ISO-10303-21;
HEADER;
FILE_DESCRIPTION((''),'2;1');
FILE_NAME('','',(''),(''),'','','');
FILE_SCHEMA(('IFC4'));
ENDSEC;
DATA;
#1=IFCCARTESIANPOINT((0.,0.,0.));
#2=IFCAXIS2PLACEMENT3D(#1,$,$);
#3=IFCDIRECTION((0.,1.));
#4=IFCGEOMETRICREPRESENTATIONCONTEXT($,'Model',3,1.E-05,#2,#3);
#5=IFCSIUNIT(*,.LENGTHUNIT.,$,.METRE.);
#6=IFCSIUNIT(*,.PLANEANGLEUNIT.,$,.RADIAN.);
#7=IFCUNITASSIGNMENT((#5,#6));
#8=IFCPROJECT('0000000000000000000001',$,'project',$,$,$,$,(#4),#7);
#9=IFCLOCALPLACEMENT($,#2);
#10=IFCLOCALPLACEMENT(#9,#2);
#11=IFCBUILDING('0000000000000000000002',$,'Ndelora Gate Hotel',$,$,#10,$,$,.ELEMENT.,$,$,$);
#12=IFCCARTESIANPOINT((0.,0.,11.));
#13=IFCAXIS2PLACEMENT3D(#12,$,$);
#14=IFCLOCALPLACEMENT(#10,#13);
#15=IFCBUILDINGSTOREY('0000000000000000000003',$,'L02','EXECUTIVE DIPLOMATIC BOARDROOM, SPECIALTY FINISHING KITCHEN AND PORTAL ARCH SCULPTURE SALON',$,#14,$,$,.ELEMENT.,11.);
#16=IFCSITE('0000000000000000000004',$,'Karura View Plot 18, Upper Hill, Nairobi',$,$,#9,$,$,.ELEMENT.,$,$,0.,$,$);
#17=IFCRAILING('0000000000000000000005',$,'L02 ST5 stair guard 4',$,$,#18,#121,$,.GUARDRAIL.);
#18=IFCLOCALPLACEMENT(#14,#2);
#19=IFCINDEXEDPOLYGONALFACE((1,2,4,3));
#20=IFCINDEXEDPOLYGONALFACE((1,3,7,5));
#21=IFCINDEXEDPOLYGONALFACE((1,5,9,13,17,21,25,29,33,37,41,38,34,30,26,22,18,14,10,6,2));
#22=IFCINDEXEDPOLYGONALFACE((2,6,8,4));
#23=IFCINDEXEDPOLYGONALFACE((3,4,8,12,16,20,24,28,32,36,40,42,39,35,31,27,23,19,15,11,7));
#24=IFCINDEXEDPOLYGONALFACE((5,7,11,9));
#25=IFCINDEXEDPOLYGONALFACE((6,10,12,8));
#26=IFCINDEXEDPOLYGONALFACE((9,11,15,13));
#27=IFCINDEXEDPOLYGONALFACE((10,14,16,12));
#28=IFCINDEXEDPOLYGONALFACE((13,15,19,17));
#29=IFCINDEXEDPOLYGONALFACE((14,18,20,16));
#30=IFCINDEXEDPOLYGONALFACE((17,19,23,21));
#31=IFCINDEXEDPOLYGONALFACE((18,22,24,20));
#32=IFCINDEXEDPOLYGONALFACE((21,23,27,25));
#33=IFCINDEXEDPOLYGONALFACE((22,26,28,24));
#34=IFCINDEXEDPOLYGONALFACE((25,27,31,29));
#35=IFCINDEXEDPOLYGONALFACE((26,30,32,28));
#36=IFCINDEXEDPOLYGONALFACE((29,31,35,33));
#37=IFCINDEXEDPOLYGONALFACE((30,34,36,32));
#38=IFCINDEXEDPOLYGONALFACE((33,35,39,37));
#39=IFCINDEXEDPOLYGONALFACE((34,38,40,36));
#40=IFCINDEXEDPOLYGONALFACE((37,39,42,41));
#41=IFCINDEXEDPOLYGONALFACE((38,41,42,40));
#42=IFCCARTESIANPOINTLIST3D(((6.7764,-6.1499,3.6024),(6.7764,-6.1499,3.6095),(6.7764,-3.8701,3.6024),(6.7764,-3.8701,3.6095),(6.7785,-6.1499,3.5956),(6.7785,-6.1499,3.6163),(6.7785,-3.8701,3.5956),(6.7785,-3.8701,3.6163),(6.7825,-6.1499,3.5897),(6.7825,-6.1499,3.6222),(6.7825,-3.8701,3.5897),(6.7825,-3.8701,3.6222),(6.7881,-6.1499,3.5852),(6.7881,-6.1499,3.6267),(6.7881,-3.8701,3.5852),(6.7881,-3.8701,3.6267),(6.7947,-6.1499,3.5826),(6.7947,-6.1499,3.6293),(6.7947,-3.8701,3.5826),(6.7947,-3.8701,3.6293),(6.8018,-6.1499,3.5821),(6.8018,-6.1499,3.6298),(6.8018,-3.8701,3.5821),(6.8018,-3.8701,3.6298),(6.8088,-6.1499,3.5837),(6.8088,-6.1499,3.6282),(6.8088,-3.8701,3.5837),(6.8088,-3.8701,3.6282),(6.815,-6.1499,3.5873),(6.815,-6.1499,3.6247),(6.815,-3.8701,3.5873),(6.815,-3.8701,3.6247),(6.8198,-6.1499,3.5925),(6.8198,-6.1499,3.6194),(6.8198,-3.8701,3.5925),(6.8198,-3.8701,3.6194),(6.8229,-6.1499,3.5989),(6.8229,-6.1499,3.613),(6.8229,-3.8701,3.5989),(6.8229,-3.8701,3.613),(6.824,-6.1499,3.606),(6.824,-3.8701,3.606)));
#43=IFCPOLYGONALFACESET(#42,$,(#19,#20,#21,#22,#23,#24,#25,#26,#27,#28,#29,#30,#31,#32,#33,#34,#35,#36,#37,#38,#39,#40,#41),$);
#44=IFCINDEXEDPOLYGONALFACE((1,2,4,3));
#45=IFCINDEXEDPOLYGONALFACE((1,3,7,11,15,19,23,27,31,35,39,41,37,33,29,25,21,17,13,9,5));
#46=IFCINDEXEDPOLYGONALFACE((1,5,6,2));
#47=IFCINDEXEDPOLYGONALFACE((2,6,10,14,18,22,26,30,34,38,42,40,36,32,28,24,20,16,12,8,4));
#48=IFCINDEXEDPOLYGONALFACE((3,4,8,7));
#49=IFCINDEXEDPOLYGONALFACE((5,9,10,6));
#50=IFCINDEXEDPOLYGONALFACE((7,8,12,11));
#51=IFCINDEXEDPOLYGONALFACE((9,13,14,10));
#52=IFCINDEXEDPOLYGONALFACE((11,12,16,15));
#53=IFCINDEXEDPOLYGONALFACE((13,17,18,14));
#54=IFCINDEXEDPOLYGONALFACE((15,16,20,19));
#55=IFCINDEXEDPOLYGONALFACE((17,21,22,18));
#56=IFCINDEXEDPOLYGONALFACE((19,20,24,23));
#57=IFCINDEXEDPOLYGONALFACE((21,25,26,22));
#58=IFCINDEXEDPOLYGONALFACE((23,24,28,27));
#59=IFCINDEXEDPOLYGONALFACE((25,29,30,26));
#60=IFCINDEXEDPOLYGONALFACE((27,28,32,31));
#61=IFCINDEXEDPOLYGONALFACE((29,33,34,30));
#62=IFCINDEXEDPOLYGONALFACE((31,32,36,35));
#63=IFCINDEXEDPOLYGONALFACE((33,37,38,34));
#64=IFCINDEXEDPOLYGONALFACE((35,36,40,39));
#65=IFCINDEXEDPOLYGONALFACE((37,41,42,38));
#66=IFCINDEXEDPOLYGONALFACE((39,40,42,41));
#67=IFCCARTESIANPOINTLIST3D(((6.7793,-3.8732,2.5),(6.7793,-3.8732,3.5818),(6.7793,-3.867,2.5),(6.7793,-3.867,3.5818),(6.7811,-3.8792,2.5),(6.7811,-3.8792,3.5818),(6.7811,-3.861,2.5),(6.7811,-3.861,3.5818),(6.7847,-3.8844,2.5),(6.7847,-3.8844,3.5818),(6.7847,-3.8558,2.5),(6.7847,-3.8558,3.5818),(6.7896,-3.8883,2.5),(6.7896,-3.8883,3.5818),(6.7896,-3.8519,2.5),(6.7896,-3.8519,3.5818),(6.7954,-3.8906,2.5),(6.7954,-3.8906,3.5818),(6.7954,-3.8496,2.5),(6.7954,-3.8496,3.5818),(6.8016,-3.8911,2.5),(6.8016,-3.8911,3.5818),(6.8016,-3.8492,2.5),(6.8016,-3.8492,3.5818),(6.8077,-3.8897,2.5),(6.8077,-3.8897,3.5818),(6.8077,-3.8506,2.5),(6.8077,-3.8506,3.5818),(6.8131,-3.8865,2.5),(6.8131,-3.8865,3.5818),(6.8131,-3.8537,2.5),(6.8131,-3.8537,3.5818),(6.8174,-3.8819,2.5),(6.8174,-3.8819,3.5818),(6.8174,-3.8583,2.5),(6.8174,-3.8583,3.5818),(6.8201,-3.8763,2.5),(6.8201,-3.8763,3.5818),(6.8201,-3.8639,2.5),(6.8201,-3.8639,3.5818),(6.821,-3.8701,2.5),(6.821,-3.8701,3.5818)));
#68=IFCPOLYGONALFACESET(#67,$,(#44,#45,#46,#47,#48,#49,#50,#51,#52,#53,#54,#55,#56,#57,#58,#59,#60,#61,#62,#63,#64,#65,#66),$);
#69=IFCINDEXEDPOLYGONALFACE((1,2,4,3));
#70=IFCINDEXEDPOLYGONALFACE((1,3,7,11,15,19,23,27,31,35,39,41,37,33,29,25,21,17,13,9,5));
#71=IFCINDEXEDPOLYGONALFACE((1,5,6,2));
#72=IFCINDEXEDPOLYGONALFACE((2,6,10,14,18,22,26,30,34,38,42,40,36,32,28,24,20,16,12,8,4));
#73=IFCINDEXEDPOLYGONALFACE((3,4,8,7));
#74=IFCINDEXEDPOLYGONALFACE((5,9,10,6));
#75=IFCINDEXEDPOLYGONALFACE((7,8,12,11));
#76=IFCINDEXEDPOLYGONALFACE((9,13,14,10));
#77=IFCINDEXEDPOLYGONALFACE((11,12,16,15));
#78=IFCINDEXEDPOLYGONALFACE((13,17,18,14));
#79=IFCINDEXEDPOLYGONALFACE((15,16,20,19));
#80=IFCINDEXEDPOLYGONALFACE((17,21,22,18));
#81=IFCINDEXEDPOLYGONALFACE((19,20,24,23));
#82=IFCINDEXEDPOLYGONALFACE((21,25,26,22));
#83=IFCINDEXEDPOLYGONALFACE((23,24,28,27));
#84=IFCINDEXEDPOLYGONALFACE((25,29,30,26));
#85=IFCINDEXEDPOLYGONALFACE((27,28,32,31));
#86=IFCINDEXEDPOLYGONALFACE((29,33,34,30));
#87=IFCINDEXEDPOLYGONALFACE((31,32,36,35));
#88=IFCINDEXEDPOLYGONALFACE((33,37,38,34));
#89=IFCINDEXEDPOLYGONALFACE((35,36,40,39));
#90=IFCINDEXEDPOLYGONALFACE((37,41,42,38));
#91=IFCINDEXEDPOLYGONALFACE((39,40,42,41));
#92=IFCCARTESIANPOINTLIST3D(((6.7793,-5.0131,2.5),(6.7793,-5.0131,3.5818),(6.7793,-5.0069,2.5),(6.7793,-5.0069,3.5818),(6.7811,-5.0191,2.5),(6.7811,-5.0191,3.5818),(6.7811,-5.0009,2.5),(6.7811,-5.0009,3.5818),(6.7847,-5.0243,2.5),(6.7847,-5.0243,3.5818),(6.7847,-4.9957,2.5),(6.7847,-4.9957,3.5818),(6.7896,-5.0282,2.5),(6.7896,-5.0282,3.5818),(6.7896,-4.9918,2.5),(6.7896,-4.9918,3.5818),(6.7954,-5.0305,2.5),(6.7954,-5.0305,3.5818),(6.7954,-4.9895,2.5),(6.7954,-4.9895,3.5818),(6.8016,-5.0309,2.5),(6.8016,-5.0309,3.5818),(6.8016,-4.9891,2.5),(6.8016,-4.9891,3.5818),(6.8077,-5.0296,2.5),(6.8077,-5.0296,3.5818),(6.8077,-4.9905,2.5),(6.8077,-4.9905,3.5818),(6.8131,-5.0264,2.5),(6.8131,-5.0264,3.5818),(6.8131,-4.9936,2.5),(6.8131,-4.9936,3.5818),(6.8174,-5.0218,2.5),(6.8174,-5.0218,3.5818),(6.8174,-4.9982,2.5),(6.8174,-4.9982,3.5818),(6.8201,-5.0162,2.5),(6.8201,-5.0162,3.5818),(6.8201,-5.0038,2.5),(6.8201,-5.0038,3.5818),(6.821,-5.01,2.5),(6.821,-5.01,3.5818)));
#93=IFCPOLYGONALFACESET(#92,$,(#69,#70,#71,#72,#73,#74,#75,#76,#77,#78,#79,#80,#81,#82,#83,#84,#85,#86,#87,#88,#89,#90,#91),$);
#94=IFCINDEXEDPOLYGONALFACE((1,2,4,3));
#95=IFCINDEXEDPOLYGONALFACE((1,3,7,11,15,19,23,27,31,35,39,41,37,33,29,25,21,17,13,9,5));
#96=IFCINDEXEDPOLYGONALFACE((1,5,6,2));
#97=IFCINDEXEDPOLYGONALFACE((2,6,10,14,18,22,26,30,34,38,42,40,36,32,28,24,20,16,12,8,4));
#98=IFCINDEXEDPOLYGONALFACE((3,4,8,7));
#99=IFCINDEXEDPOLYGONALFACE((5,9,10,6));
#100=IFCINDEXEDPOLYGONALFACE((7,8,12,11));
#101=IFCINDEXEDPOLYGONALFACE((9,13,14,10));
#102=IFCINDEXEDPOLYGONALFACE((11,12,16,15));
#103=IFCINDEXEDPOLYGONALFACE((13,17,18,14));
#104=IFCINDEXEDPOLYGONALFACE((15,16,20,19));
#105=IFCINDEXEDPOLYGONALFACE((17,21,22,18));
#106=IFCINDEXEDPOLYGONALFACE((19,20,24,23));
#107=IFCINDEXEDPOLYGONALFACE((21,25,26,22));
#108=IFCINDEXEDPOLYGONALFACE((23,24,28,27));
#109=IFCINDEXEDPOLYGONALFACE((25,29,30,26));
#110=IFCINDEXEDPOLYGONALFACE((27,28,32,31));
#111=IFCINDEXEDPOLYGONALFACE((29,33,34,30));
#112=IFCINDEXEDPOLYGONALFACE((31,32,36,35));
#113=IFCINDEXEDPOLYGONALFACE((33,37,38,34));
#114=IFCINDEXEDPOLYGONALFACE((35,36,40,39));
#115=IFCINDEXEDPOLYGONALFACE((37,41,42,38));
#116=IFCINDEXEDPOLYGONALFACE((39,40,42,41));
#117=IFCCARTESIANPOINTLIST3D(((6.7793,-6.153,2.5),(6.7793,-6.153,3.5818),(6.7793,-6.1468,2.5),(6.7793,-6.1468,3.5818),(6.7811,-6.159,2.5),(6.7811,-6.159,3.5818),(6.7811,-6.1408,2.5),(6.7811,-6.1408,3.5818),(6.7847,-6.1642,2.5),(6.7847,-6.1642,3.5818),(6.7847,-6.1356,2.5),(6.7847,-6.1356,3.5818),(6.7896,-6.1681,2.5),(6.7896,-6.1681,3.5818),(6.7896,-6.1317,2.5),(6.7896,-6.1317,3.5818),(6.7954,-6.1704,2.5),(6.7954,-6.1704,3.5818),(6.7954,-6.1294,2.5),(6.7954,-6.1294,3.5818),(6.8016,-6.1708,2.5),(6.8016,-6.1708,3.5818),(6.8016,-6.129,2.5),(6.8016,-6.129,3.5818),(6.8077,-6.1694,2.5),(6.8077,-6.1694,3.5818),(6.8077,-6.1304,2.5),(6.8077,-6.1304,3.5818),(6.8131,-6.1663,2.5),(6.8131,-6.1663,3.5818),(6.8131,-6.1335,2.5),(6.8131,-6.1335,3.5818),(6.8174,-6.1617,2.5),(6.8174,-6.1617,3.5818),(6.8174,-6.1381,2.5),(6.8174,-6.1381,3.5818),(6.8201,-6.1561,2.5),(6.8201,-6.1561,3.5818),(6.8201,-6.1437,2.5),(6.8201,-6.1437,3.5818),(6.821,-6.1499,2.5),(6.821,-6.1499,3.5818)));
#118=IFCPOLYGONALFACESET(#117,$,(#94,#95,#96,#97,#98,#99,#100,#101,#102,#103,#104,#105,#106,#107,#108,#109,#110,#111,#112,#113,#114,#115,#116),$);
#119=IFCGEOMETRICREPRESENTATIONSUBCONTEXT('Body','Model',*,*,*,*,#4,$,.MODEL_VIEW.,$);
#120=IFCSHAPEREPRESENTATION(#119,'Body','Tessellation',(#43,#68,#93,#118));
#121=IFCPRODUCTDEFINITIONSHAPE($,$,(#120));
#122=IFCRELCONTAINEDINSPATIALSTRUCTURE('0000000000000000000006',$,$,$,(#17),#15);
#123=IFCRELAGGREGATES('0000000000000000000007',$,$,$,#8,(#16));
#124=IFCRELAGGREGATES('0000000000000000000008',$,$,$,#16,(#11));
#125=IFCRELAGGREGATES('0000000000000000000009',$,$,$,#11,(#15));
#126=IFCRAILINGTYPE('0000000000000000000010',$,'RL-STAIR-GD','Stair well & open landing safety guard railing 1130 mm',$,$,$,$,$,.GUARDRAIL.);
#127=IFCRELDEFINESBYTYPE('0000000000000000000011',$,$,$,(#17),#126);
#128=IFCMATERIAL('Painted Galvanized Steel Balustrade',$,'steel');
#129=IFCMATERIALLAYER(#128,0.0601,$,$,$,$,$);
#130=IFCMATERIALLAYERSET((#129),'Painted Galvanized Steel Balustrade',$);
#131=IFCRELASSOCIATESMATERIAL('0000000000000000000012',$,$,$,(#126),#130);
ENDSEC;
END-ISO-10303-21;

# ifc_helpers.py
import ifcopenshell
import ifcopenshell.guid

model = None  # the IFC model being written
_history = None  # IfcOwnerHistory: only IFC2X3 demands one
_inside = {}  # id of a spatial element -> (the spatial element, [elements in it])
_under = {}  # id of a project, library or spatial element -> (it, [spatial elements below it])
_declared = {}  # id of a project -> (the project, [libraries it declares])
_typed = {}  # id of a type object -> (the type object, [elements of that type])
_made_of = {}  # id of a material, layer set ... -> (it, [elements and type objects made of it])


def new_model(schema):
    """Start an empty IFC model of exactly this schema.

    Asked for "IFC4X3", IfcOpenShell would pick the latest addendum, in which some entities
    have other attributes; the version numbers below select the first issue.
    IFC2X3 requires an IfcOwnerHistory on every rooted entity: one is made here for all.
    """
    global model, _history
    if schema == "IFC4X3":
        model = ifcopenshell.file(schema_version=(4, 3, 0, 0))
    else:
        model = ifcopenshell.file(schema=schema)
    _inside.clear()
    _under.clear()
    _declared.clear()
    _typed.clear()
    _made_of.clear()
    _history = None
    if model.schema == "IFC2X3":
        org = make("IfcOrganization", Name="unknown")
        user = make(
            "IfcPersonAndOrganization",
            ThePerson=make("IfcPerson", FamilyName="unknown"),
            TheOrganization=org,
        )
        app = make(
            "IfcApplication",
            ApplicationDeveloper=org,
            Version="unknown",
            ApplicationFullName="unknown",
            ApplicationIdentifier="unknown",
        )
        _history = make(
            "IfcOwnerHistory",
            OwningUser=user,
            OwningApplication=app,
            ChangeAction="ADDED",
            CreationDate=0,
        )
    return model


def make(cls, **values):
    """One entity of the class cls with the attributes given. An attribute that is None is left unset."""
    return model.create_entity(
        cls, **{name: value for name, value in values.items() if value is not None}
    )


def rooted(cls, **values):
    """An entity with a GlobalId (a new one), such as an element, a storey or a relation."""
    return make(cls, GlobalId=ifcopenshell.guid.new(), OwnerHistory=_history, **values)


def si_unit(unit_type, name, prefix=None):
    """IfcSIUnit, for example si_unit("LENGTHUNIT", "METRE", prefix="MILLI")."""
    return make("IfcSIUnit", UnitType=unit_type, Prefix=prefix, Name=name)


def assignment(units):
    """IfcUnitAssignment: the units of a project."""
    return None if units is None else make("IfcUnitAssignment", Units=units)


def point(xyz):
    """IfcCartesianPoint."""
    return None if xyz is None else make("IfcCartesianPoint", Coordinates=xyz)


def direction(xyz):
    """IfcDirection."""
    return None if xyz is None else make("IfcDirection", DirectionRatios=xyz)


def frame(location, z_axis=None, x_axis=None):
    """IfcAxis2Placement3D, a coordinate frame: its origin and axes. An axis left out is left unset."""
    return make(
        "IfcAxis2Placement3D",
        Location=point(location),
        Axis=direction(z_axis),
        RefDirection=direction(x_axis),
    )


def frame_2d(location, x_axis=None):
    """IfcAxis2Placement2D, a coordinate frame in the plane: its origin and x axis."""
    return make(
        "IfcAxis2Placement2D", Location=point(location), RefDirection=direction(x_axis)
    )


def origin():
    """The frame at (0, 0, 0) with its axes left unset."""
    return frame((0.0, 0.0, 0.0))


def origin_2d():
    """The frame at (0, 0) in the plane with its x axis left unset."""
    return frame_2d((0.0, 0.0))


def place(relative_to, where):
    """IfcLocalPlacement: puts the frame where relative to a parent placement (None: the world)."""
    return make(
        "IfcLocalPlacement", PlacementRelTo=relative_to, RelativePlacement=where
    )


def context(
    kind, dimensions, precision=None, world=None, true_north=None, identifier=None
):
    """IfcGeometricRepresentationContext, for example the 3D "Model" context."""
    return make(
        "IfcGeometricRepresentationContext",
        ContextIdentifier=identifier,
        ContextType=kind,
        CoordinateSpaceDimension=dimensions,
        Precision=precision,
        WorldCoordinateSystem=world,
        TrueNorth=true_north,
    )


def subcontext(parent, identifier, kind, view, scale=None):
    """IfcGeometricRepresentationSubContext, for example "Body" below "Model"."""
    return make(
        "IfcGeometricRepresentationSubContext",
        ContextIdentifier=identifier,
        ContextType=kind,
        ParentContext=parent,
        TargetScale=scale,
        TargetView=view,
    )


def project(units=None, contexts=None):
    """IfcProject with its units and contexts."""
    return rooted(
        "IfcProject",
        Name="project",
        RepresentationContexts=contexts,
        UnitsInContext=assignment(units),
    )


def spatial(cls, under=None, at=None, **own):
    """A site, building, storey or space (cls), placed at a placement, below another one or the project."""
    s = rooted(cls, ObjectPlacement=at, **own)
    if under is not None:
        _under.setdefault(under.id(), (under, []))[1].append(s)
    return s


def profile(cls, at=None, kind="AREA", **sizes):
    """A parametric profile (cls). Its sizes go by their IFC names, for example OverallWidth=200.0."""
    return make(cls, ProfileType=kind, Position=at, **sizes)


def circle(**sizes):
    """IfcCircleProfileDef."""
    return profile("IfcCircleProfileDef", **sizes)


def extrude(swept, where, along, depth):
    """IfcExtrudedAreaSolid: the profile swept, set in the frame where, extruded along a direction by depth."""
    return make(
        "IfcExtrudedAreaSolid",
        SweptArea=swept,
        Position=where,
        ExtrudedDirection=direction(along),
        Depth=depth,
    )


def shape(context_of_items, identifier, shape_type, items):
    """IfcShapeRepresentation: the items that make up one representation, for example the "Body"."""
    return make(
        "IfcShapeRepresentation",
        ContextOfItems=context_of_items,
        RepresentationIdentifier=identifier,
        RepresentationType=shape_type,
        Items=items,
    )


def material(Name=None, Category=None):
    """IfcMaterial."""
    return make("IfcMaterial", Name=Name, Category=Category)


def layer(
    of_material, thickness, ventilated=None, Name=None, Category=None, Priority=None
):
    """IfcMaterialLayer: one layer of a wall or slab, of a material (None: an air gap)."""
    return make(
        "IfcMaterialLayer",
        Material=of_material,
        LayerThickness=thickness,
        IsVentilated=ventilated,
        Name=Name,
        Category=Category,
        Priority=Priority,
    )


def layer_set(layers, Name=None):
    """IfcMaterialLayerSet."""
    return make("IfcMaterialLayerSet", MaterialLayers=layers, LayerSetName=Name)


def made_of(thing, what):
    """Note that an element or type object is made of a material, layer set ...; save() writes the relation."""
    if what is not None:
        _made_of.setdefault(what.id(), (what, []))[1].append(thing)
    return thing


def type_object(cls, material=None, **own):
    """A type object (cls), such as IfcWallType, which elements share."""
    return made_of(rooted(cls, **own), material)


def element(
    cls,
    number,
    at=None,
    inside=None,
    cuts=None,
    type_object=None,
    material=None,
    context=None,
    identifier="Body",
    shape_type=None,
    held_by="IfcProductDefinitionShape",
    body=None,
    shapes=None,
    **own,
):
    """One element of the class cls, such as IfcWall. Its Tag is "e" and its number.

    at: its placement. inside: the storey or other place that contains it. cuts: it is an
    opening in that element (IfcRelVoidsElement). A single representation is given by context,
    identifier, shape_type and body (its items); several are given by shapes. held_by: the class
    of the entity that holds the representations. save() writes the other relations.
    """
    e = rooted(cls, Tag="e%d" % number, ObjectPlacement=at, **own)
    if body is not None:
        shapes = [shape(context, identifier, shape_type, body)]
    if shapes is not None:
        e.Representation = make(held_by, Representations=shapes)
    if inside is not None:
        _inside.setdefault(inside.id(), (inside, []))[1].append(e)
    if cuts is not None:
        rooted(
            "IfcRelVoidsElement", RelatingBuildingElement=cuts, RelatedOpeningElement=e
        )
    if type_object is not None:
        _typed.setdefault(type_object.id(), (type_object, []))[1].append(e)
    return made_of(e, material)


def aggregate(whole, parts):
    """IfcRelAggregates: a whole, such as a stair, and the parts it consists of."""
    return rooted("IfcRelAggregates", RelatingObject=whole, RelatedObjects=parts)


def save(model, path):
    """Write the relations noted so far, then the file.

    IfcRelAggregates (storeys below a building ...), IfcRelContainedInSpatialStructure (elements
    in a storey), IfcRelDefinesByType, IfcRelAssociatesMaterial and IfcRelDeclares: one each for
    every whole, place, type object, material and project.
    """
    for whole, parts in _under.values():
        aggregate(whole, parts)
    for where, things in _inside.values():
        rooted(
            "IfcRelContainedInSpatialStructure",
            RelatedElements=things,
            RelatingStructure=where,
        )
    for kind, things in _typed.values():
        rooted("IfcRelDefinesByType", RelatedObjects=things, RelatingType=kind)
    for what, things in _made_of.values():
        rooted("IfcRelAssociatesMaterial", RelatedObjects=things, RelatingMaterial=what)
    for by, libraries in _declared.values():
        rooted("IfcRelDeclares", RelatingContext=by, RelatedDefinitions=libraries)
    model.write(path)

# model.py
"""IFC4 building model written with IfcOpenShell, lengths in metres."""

from ifc_helpers import new_model, si_unit, direction, frame, origin, origin_2d, place, context, subcontext, project, spatial, circle, extrude, material, layer, layer_set, type_object, element, save


model = new_model("IFC4")

# Units and contexts
model_context = context("Model", 3, precision=1e-05, world=origin(), true_north=direction((0.0, 1.0)))
body_context = subcontext(model_context, "Body", "Model", "MODEL_VIEW")
ifc_project = project(units=[si_unit("LENGTHUNIT", "METRE"), si_unit("PLANEANGLEUNIT", "RADIAN")], contexts=[model_context])

# Site, building, storey
site_placement = place(None, origin())
site = spatial("IfcSite", under=ifc_project, at=site_placement, Name="Karura View Plot 18, Upper Hill, Nairobi", CompositionType="ELEMENT", RefElevation=0.0)
building_placement = place(site_placement, origin())
building = spatial("IfcBuilding", under=site, at=building_placement, Name="Ndelora Gate Hotel", CompositionType="ELEMENT")
storey_placement = place(building_placement, frame((0.0, 0.0, 11.0)))
storey = spatial("IfcBuildingStorey", under=building, at=storey_placement, Name="L02", Description="EXECUTIVE DIPLOMATIC BOARDROOM, SPECIALTY FINISHING KITCHEN AND PORTAL ARCH SCULPTURE SALON", CompositionType="ELEMENT", Elevation=11.0)

# Railing
ifc_material_1 = material(Name="Painted Galvanized Steel Balustrade", Category="steel")
ifc_layer_1 = layer(ifc_material_1, 0.0601)
ifc_layer_set_1 = layer_set([ifc_layer_1], Name="Painted Galvanized Steel Balustrade")
railing_type_1 = type_object("IfcRailingType", Name="RL-STAIR-GD", Description="Stair well & open landing safety guard railing 1130 mm", PredefinedType="GUARDRAIL", material=ifc_layer_set_1)
for number, where, name in (
    (1, (6.8, -3.8701, 2.5), "L02 ST5 stair guard 4"),
):
    element("IfcRailing", number, at=place(storey_placement, frame(where)), inside=storey, type_object=railing_type_1, Name=name, PredefinedType="GUARDRAIL", context=body_context, shape_type="SweptSolid", body=[
        extrude(circle(Radius=0.0239, at=origin_2d()), frame((0.0, 0.0, 1.106), z_axis=(0.0, -1.0, 0.0), x_axis=(1.0, 0.0, 0.0)), (0.0, 0.0, 1.0), 2.2798),
        extrude(circle(Radius=0.021, at=origin_2d()), origin(), (0.0, 0.0, 1.0), 1.0818),
        extrude(circle(Radius=0.021, at=origin_2d()), frame((0.0, -1.1399, 0.0)), (0.0, 0.0, 1.0), 1.0818),
        extrude(circle(Radius=0.021, at=origin_2d()), frame((0.0, -2.2798, 0.0)), (0.0, 0.0, 1.0), 1.0818),
    ])

save(model, "model.ifc")
